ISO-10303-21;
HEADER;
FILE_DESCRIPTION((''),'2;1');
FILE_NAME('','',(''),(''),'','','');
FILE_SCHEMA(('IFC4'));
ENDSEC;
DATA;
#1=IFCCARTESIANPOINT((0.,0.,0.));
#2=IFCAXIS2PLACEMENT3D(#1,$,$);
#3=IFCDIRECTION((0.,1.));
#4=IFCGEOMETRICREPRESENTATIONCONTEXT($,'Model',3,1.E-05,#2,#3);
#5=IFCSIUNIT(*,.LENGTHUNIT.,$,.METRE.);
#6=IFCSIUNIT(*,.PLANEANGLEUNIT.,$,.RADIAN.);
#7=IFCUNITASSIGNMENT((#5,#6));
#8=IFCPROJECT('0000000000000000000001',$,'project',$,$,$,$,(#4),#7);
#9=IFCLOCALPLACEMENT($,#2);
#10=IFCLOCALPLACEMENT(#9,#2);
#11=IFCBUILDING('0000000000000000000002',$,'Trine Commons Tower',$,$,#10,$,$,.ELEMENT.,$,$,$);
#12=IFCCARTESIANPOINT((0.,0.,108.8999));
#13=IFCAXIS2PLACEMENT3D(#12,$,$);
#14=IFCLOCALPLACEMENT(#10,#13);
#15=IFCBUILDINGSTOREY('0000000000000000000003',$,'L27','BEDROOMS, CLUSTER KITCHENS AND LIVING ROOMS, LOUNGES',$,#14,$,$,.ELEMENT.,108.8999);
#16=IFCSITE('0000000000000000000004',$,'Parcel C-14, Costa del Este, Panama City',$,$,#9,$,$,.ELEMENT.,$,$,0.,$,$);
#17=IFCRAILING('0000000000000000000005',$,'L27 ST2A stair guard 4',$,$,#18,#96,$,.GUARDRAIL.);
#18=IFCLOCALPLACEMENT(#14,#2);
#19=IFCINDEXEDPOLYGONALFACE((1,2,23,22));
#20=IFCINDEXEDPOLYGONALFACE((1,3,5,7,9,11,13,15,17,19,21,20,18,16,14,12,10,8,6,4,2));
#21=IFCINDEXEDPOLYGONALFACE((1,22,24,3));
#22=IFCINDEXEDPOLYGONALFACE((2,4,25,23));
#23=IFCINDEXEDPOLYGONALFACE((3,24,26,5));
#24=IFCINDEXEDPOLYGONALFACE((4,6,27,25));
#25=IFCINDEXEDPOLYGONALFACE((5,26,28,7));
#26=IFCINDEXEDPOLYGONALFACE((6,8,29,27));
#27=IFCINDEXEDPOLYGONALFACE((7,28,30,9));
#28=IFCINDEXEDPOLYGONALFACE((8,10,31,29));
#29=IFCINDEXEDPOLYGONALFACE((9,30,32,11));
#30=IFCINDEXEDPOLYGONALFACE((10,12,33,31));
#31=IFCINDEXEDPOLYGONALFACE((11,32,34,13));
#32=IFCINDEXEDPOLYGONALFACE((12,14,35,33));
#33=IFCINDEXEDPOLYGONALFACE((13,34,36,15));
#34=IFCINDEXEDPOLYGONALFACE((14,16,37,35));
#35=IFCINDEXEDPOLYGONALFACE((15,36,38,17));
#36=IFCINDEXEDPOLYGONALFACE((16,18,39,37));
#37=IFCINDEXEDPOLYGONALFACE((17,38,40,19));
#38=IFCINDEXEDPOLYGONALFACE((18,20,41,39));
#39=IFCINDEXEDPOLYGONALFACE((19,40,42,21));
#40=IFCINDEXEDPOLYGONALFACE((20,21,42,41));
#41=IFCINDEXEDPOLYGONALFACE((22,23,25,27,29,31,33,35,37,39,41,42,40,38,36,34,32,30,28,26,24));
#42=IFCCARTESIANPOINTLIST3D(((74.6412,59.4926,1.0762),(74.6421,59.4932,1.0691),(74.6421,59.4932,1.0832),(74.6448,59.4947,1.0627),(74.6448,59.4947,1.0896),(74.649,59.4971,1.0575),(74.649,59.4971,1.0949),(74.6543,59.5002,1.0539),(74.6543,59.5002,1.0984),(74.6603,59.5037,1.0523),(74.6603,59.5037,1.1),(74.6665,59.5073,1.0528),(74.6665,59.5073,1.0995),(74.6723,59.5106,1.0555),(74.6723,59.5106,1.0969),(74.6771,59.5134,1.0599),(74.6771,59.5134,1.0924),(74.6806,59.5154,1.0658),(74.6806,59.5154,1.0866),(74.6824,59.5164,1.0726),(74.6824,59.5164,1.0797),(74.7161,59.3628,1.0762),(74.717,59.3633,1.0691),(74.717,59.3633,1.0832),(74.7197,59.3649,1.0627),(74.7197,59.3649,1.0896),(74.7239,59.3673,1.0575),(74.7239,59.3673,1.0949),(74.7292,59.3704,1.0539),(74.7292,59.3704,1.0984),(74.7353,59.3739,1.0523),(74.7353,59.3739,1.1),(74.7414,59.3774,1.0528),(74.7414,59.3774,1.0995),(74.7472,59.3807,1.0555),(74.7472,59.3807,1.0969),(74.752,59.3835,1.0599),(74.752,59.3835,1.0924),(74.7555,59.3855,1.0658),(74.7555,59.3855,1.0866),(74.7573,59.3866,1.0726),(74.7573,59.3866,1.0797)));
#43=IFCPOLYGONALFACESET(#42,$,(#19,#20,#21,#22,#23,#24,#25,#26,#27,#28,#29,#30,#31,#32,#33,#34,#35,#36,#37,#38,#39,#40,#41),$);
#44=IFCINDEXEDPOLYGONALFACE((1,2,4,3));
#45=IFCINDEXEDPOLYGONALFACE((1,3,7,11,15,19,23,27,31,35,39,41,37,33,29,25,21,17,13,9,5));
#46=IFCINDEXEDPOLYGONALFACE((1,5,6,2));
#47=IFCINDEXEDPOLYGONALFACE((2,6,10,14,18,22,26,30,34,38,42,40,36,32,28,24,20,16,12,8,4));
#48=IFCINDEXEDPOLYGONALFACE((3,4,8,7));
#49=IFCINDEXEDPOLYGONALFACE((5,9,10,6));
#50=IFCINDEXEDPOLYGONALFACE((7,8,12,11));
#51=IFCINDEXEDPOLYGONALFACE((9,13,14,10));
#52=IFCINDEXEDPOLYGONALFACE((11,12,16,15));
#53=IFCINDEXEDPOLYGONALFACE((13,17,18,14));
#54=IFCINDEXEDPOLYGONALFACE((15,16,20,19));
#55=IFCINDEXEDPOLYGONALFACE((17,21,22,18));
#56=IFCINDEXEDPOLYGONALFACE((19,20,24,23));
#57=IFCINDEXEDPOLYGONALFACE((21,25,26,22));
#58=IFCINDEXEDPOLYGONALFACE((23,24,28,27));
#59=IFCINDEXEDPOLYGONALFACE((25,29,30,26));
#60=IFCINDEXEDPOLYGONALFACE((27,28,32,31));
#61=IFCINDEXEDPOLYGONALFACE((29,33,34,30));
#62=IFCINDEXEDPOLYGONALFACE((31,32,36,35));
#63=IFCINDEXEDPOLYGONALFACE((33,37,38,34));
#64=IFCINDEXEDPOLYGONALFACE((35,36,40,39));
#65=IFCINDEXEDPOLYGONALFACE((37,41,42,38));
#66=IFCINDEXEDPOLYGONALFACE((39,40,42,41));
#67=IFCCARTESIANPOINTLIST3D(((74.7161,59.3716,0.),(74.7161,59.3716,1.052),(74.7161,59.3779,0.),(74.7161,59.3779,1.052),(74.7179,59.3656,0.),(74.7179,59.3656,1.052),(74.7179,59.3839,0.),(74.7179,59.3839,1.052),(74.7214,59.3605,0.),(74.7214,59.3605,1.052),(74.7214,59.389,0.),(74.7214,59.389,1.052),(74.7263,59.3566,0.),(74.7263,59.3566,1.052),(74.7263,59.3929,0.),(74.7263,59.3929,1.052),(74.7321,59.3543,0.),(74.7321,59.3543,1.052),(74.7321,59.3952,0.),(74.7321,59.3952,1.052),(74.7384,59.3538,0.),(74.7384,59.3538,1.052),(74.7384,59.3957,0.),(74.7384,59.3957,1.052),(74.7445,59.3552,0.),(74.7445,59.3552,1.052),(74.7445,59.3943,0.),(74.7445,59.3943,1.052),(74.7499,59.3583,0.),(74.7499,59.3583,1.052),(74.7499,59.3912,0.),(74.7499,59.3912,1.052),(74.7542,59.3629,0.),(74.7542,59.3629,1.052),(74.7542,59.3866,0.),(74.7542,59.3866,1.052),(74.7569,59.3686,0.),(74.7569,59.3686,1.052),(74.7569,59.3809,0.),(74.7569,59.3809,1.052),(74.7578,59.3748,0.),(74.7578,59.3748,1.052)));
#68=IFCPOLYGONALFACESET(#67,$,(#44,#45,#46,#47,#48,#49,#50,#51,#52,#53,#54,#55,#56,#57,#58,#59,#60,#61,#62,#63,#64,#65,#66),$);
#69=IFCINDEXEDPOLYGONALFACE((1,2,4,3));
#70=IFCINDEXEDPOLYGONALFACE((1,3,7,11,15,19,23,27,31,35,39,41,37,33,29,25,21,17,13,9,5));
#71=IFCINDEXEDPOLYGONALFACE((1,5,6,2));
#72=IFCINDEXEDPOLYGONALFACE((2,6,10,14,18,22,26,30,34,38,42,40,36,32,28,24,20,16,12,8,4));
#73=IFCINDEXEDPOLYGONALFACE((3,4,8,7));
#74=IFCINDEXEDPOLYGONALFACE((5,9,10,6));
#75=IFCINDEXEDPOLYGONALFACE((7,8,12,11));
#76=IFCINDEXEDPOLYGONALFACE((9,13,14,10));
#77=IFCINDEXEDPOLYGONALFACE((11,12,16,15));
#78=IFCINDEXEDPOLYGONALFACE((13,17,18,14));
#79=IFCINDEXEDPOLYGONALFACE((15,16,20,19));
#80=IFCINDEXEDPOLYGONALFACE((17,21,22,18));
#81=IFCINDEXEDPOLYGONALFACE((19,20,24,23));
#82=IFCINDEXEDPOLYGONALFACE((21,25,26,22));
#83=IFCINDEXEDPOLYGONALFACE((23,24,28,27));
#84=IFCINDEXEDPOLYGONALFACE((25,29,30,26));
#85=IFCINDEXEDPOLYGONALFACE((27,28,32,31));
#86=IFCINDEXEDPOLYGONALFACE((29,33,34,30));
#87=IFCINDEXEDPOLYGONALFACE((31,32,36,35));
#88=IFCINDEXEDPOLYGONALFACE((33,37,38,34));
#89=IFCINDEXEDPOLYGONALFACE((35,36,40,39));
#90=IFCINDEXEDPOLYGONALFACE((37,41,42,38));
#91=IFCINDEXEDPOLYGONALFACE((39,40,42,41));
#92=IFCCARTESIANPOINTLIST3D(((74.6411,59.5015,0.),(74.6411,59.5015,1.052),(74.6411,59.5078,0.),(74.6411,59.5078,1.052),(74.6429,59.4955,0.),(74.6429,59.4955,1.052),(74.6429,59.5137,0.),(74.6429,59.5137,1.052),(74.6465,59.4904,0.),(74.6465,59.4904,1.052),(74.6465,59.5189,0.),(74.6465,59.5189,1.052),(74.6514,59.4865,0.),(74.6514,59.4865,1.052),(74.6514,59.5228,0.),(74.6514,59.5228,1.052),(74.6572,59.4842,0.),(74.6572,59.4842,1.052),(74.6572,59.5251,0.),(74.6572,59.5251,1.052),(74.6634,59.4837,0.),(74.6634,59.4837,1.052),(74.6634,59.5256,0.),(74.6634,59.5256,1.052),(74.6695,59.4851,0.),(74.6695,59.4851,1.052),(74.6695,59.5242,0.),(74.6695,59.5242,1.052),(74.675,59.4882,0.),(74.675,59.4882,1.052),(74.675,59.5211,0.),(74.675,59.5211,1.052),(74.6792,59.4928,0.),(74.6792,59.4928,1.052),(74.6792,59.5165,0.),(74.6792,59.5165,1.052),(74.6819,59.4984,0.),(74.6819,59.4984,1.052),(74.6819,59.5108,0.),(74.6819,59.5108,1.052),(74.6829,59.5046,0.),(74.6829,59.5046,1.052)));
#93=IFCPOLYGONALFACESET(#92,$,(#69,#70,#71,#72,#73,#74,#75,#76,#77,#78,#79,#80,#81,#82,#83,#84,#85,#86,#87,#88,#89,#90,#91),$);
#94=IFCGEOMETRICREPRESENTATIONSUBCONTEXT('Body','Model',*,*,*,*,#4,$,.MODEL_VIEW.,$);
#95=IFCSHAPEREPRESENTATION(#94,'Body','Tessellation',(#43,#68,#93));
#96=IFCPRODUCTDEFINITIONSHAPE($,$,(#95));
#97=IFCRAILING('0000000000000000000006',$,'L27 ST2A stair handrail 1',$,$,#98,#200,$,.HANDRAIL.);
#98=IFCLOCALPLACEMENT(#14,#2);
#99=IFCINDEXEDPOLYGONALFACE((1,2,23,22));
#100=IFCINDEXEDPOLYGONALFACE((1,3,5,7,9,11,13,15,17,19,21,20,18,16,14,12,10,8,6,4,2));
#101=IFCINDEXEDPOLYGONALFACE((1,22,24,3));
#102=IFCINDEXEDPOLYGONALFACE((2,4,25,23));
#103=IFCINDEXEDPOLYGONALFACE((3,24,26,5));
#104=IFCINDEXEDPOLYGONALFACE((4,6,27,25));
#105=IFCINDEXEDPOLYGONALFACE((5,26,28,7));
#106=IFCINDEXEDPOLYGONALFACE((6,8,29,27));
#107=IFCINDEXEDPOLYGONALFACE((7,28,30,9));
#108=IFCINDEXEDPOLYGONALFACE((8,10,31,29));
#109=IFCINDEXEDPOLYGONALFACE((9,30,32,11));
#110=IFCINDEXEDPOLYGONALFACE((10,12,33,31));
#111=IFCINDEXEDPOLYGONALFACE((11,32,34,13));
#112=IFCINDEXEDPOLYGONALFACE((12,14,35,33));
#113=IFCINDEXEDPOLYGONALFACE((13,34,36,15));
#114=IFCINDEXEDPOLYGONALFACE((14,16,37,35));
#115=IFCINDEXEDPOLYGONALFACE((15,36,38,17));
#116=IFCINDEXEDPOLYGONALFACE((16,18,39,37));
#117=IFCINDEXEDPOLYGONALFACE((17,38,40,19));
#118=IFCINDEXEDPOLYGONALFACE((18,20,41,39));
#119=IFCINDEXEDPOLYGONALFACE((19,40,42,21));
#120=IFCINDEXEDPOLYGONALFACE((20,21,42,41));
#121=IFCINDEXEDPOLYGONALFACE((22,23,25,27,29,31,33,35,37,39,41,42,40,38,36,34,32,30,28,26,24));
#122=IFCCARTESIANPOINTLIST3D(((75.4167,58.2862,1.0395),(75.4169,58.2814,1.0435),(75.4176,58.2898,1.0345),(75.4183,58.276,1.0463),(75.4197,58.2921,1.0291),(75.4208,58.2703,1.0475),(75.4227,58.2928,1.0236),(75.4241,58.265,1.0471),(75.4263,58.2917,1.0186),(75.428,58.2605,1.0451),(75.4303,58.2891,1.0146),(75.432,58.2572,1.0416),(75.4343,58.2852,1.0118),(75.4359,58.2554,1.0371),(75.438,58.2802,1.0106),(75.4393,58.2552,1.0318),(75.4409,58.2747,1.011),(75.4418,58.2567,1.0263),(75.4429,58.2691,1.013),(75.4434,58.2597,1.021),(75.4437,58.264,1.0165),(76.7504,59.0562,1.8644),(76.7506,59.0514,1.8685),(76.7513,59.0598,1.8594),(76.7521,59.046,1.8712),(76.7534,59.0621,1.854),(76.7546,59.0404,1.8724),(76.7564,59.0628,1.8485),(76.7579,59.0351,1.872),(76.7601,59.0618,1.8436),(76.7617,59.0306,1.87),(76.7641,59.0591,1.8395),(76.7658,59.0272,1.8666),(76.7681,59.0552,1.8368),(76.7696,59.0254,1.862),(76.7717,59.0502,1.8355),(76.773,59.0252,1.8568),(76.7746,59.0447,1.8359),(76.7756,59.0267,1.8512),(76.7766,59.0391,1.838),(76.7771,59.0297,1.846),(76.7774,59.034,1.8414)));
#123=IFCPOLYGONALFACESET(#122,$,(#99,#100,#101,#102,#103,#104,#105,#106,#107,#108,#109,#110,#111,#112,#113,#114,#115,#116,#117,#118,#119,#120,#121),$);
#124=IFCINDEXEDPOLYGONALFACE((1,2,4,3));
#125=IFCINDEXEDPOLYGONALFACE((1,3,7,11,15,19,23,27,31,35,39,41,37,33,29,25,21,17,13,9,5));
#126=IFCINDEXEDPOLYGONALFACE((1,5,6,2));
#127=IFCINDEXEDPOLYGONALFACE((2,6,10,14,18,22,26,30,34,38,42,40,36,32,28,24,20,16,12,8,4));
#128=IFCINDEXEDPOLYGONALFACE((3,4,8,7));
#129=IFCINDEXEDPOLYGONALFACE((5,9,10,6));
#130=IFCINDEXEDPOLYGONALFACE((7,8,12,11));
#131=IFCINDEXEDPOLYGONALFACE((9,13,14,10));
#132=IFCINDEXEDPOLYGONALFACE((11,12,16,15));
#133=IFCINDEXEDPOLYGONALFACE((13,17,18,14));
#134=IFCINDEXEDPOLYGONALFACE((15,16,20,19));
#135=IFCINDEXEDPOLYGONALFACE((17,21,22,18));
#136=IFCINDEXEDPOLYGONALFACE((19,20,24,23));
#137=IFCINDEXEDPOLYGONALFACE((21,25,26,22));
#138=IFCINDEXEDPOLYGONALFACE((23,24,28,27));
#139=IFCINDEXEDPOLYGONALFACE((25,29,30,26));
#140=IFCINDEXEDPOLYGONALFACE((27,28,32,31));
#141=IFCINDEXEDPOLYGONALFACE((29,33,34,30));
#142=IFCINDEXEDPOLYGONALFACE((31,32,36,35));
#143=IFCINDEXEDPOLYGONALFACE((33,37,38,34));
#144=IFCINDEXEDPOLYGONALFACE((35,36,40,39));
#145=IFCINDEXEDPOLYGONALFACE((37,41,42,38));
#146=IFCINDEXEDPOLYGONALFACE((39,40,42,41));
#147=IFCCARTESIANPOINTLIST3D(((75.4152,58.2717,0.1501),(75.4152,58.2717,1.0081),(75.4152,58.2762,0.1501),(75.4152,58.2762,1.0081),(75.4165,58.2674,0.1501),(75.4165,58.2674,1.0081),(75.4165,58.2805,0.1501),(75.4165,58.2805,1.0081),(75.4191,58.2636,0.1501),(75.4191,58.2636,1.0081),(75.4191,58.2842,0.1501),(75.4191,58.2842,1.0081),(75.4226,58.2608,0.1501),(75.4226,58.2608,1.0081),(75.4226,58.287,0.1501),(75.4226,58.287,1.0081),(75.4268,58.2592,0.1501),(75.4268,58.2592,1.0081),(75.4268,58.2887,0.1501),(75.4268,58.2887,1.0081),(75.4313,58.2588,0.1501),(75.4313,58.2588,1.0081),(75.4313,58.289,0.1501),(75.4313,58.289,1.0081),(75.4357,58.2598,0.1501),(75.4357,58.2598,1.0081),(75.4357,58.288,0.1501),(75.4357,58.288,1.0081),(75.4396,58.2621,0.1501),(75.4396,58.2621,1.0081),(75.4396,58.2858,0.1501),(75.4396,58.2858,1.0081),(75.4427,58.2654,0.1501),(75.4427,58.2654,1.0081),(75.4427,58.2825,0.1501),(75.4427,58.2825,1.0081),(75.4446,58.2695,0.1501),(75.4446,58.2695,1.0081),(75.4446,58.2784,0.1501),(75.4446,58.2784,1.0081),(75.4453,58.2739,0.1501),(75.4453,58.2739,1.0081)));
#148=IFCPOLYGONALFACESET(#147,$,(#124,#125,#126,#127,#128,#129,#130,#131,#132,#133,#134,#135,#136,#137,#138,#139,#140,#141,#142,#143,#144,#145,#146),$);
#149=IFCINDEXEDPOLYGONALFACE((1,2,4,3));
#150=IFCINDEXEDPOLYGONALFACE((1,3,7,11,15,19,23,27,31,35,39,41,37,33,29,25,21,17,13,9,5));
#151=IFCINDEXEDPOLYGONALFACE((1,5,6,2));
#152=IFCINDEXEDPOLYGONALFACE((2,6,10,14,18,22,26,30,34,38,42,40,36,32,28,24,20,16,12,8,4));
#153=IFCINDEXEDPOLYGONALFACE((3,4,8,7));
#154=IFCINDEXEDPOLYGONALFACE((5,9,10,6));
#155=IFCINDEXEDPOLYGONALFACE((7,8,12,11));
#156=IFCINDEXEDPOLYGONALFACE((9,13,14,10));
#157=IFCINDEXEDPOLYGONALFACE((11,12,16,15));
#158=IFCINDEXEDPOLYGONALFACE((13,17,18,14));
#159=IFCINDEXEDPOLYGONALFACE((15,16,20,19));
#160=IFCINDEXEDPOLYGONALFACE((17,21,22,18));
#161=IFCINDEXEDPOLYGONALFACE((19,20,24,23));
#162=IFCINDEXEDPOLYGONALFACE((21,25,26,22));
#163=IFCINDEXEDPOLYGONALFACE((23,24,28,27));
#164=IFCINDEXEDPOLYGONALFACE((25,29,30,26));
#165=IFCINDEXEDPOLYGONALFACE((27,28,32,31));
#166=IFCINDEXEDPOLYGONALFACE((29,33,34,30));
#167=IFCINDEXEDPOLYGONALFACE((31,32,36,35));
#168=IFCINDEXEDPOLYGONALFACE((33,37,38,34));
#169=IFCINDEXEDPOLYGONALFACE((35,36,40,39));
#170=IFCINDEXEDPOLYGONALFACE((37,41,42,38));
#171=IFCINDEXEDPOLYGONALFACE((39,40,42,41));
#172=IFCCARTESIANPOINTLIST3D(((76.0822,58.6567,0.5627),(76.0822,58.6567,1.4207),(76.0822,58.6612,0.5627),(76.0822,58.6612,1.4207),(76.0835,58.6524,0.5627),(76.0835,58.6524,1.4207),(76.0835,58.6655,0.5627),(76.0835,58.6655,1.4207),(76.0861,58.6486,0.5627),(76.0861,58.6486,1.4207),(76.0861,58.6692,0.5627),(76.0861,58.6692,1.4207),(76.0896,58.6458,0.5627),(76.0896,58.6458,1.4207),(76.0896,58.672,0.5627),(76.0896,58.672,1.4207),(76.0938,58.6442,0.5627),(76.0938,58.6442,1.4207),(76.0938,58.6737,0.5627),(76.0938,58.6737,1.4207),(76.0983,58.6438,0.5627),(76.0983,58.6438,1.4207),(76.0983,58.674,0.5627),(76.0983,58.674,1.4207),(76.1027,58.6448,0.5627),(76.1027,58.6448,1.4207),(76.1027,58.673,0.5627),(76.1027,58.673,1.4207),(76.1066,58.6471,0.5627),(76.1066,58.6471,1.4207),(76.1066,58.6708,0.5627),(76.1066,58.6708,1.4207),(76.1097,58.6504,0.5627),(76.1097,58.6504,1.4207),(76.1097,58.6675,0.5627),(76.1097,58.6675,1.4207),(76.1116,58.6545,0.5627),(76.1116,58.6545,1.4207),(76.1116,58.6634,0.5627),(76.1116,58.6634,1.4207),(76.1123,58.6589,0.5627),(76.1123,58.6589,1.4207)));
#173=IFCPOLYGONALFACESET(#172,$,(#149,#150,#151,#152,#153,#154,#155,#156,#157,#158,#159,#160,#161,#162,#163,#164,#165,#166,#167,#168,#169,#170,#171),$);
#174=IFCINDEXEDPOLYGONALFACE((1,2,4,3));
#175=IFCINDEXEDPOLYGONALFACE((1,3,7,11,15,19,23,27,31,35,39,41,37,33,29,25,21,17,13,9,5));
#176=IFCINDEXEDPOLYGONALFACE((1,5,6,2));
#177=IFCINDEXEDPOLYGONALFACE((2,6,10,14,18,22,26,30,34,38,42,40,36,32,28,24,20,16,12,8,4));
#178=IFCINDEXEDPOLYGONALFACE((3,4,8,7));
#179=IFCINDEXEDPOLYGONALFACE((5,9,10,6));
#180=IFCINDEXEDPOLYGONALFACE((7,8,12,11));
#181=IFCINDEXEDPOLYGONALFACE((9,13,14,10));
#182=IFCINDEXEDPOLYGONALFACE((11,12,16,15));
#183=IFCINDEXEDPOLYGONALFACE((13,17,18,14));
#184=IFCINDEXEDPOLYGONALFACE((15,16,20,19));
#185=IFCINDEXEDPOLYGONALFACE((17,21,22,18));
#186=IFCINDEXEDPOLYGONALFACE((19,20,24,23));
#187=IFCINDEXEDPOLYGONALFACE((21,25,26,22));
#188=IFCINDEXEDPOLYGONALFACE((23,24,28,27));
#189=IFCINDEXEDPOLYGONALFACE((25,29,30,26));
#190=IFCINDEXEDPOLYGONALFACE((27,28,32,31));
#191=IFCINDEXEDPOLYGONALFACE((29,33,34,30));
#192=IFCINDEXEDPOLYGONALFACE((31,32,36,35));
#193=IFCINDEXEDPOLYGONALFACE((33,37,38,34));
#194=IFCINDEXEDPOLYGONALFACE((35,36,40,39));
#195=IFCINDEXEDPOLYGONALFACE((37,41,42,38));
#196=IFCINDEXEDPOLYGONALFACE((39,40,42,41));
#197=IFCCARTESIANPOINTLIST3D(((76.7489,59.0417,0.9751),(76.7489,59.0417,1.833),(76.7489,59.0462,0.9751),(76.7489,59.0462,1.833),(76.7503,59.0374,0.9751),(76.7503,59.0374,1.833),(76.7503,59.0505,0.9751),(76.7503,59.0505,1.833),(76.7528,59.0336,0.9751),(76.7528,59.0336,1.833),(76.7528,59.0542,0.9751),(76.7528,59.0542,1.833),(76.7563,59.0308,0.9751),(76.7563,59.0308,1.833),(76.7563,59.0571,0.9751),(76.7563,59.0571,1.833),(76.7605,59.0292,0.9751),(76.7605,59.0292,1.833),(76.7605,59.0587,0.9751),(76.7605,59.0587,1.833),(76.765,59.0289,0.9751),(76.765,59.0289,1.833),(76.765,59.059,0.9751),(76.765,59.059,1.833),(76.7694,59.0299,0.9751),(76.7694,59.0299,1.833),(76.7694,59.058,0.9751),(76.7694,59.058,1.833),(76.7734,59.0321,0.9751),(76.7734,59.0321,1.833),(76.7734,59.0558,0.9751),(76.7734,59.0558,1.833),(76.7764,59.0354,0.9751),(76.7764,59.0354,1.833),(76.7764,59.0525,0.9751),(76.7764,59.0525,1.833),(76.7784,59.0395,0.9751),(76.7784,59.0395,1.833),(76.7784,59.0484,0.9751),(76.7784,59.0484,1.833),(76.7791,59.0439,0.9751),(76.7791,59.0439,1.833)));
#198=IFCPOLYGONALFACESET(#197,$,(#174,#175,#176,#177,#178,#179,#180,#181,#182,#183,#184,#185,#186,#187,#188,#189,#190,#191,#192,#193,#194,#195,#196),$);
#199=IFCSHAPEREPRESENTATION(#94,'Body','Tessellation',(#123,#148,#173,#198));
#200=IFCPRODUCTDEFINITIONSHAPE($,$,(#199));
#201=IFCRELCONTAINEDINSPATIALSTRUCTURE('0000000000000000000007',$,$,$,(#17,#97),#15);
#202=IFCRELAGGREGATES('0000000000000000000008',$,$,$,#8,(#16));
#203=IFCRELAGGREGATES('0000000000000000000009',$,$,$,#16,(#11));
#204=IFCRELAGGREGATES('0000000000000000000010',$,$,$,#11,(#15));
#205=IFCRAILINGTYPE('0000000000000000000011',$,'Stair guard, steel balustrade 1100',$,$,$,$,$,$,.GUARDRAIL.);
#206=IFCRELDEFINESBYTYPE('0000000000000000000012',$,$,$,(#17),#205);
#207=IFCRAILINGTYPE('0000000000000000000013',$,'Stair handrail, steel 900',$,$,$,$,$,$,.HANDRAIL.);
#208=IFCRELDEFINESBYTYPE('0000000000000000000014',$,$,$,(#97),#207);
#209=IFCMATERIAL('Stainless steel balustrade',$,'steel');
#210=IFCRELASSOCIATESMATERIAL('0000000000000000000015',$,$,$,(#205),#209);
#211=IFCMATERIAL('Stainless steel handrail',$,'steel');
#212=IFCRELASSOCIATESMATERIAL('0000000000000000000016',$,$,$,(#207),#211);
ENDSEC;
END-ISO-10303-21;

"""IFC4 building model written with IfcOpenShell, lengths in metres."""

from ifc_helpers import new_model, si_unit, direction, frame, origin, origin_2d, place, context, subcontext, project, spatial, circle, extrude, material, type_object, element, save


model = new_model("IFC4")

# Units and contexts
model_context = context("Model", 3, precision=1e-05, world=origin(), true_north=direction((0.0, 1.0)))
body_context = subcontext(model_context, "Body", "Model", "MODEL_VIEW")
ifc_project = project(units=[si_unit("LENGTHUNIT", "METRE"), si_unit("PLANEANGLEUNIT", "RADIAN")], contexts=[model_context])

# Site, building, storey
site_placement = place(None, origin())
site = spatial("IfcSite", under=ifc_project, at=site_placement, Name="Parcel C-14, Costa del Este, Panama City", CompositionType="ELEMENT", RefElevation=0.0)
building_placement = place(site_placement, origin())
building = spatial("IfcBuilding", under=site, at=building_placement, Name="Trine Commons Tower", CompositionType="ELEMENT")
storey_placement = place(building_placement, frame((0.0, 0.0, 108.8999)))
storey = spatial("IfcBuildingStorey", under=building, at=storey_placement, Name="L27", Description="BEDROOMS, CLUSTER KITCHENS AND LIVING ROOMS, LOUNGES", CompositionType="ELEMENT", Elevation=108.8999)

# Railings
ifc_material_1 = material(Name="Stainless steel balustrade", Category="steel")
railing_type_1 = type_object("IfcRailingType", Name="Stair guard, steel balustrade 1100", PredefinedType="GUARDRAIL", material=ifc_material_1)
railing_1_placement = place(storey_placement, frame((74.7368, 59.3748, 0.0)))
element("IfcRailing", 1, at=railing_1_placement, inside=storey, type_object=railing_type_1, Name="L27 ST2A stair guard 4", PredefinedType="GUARDRAIL", context=body_context, shape_type="SweptSolid", body=[
    extrude(circle(Radius=0.0239, at=origin_2d()), frame((0.0, 0.0, 1.0762), z_axis=(-0.499816, 0.866131, 0.0), x_axis=(-0.866131, -0.499816, 0.0)), (0.0, 0.0, 1.0), 0.1499),
    extrude(circle(Radius=0.021, at=origin_2d()), origin(), (0.0, 0.0, 1.0), 1.052),
    extrude(circle(Radius=0.021, at=origin_2d()), frame((-0.075, 0.1299, 0.0)), (0.0, 0.0, 1.0), 1.052),
])
ifc_material_2 = material(Name="Stainless steel handrail", Category="steel")
railing_type_2 = type_object("IfcRailingType", Name="Stair handrail, steel 900", PredefinedType="HANDRAIL", material=ifc_material_2)
railing_2_placement = place(storey_placement, frame((75.4302, 58.2739, 0.1501)))
element("IfcRailing", 2, at=railing_2_placement, inside=storey, type_object=railing_type_2, Name="L27 ST2A stair handrail 1", PredefinedType="HANDRAIL", context=body_context, shape_type="SweptSolid", body=[
    extrude(circle(Radius=0.021, at=origin_2d()), frame((0.0, 0.0, 0.8789), z_axis=(0.763405, 0.440743, 0.472185), x_axis=(-0.499992, 0.86603, 0.0)), (0.0, 0.0, 1.0), 1.7471),
    extrude(circle(Radius=0.0151, at=origin_2d()), origin(), (0.0, 0.0, 1.0), 0.8579),
    extrude(circle(Radius=0.0151, at=origin_2d()), frame((0.667, 0.385, 0.4126)), (0.0, 0.0, 1.0), 0.8579),
    extrude(circle(Radius=0.0151, at=origin_2d()), frame((1.3337, 0.77, 0.825)), (0.0, 0.0, 1.0), 0.8579),
])

save(model, "model.ifc")
